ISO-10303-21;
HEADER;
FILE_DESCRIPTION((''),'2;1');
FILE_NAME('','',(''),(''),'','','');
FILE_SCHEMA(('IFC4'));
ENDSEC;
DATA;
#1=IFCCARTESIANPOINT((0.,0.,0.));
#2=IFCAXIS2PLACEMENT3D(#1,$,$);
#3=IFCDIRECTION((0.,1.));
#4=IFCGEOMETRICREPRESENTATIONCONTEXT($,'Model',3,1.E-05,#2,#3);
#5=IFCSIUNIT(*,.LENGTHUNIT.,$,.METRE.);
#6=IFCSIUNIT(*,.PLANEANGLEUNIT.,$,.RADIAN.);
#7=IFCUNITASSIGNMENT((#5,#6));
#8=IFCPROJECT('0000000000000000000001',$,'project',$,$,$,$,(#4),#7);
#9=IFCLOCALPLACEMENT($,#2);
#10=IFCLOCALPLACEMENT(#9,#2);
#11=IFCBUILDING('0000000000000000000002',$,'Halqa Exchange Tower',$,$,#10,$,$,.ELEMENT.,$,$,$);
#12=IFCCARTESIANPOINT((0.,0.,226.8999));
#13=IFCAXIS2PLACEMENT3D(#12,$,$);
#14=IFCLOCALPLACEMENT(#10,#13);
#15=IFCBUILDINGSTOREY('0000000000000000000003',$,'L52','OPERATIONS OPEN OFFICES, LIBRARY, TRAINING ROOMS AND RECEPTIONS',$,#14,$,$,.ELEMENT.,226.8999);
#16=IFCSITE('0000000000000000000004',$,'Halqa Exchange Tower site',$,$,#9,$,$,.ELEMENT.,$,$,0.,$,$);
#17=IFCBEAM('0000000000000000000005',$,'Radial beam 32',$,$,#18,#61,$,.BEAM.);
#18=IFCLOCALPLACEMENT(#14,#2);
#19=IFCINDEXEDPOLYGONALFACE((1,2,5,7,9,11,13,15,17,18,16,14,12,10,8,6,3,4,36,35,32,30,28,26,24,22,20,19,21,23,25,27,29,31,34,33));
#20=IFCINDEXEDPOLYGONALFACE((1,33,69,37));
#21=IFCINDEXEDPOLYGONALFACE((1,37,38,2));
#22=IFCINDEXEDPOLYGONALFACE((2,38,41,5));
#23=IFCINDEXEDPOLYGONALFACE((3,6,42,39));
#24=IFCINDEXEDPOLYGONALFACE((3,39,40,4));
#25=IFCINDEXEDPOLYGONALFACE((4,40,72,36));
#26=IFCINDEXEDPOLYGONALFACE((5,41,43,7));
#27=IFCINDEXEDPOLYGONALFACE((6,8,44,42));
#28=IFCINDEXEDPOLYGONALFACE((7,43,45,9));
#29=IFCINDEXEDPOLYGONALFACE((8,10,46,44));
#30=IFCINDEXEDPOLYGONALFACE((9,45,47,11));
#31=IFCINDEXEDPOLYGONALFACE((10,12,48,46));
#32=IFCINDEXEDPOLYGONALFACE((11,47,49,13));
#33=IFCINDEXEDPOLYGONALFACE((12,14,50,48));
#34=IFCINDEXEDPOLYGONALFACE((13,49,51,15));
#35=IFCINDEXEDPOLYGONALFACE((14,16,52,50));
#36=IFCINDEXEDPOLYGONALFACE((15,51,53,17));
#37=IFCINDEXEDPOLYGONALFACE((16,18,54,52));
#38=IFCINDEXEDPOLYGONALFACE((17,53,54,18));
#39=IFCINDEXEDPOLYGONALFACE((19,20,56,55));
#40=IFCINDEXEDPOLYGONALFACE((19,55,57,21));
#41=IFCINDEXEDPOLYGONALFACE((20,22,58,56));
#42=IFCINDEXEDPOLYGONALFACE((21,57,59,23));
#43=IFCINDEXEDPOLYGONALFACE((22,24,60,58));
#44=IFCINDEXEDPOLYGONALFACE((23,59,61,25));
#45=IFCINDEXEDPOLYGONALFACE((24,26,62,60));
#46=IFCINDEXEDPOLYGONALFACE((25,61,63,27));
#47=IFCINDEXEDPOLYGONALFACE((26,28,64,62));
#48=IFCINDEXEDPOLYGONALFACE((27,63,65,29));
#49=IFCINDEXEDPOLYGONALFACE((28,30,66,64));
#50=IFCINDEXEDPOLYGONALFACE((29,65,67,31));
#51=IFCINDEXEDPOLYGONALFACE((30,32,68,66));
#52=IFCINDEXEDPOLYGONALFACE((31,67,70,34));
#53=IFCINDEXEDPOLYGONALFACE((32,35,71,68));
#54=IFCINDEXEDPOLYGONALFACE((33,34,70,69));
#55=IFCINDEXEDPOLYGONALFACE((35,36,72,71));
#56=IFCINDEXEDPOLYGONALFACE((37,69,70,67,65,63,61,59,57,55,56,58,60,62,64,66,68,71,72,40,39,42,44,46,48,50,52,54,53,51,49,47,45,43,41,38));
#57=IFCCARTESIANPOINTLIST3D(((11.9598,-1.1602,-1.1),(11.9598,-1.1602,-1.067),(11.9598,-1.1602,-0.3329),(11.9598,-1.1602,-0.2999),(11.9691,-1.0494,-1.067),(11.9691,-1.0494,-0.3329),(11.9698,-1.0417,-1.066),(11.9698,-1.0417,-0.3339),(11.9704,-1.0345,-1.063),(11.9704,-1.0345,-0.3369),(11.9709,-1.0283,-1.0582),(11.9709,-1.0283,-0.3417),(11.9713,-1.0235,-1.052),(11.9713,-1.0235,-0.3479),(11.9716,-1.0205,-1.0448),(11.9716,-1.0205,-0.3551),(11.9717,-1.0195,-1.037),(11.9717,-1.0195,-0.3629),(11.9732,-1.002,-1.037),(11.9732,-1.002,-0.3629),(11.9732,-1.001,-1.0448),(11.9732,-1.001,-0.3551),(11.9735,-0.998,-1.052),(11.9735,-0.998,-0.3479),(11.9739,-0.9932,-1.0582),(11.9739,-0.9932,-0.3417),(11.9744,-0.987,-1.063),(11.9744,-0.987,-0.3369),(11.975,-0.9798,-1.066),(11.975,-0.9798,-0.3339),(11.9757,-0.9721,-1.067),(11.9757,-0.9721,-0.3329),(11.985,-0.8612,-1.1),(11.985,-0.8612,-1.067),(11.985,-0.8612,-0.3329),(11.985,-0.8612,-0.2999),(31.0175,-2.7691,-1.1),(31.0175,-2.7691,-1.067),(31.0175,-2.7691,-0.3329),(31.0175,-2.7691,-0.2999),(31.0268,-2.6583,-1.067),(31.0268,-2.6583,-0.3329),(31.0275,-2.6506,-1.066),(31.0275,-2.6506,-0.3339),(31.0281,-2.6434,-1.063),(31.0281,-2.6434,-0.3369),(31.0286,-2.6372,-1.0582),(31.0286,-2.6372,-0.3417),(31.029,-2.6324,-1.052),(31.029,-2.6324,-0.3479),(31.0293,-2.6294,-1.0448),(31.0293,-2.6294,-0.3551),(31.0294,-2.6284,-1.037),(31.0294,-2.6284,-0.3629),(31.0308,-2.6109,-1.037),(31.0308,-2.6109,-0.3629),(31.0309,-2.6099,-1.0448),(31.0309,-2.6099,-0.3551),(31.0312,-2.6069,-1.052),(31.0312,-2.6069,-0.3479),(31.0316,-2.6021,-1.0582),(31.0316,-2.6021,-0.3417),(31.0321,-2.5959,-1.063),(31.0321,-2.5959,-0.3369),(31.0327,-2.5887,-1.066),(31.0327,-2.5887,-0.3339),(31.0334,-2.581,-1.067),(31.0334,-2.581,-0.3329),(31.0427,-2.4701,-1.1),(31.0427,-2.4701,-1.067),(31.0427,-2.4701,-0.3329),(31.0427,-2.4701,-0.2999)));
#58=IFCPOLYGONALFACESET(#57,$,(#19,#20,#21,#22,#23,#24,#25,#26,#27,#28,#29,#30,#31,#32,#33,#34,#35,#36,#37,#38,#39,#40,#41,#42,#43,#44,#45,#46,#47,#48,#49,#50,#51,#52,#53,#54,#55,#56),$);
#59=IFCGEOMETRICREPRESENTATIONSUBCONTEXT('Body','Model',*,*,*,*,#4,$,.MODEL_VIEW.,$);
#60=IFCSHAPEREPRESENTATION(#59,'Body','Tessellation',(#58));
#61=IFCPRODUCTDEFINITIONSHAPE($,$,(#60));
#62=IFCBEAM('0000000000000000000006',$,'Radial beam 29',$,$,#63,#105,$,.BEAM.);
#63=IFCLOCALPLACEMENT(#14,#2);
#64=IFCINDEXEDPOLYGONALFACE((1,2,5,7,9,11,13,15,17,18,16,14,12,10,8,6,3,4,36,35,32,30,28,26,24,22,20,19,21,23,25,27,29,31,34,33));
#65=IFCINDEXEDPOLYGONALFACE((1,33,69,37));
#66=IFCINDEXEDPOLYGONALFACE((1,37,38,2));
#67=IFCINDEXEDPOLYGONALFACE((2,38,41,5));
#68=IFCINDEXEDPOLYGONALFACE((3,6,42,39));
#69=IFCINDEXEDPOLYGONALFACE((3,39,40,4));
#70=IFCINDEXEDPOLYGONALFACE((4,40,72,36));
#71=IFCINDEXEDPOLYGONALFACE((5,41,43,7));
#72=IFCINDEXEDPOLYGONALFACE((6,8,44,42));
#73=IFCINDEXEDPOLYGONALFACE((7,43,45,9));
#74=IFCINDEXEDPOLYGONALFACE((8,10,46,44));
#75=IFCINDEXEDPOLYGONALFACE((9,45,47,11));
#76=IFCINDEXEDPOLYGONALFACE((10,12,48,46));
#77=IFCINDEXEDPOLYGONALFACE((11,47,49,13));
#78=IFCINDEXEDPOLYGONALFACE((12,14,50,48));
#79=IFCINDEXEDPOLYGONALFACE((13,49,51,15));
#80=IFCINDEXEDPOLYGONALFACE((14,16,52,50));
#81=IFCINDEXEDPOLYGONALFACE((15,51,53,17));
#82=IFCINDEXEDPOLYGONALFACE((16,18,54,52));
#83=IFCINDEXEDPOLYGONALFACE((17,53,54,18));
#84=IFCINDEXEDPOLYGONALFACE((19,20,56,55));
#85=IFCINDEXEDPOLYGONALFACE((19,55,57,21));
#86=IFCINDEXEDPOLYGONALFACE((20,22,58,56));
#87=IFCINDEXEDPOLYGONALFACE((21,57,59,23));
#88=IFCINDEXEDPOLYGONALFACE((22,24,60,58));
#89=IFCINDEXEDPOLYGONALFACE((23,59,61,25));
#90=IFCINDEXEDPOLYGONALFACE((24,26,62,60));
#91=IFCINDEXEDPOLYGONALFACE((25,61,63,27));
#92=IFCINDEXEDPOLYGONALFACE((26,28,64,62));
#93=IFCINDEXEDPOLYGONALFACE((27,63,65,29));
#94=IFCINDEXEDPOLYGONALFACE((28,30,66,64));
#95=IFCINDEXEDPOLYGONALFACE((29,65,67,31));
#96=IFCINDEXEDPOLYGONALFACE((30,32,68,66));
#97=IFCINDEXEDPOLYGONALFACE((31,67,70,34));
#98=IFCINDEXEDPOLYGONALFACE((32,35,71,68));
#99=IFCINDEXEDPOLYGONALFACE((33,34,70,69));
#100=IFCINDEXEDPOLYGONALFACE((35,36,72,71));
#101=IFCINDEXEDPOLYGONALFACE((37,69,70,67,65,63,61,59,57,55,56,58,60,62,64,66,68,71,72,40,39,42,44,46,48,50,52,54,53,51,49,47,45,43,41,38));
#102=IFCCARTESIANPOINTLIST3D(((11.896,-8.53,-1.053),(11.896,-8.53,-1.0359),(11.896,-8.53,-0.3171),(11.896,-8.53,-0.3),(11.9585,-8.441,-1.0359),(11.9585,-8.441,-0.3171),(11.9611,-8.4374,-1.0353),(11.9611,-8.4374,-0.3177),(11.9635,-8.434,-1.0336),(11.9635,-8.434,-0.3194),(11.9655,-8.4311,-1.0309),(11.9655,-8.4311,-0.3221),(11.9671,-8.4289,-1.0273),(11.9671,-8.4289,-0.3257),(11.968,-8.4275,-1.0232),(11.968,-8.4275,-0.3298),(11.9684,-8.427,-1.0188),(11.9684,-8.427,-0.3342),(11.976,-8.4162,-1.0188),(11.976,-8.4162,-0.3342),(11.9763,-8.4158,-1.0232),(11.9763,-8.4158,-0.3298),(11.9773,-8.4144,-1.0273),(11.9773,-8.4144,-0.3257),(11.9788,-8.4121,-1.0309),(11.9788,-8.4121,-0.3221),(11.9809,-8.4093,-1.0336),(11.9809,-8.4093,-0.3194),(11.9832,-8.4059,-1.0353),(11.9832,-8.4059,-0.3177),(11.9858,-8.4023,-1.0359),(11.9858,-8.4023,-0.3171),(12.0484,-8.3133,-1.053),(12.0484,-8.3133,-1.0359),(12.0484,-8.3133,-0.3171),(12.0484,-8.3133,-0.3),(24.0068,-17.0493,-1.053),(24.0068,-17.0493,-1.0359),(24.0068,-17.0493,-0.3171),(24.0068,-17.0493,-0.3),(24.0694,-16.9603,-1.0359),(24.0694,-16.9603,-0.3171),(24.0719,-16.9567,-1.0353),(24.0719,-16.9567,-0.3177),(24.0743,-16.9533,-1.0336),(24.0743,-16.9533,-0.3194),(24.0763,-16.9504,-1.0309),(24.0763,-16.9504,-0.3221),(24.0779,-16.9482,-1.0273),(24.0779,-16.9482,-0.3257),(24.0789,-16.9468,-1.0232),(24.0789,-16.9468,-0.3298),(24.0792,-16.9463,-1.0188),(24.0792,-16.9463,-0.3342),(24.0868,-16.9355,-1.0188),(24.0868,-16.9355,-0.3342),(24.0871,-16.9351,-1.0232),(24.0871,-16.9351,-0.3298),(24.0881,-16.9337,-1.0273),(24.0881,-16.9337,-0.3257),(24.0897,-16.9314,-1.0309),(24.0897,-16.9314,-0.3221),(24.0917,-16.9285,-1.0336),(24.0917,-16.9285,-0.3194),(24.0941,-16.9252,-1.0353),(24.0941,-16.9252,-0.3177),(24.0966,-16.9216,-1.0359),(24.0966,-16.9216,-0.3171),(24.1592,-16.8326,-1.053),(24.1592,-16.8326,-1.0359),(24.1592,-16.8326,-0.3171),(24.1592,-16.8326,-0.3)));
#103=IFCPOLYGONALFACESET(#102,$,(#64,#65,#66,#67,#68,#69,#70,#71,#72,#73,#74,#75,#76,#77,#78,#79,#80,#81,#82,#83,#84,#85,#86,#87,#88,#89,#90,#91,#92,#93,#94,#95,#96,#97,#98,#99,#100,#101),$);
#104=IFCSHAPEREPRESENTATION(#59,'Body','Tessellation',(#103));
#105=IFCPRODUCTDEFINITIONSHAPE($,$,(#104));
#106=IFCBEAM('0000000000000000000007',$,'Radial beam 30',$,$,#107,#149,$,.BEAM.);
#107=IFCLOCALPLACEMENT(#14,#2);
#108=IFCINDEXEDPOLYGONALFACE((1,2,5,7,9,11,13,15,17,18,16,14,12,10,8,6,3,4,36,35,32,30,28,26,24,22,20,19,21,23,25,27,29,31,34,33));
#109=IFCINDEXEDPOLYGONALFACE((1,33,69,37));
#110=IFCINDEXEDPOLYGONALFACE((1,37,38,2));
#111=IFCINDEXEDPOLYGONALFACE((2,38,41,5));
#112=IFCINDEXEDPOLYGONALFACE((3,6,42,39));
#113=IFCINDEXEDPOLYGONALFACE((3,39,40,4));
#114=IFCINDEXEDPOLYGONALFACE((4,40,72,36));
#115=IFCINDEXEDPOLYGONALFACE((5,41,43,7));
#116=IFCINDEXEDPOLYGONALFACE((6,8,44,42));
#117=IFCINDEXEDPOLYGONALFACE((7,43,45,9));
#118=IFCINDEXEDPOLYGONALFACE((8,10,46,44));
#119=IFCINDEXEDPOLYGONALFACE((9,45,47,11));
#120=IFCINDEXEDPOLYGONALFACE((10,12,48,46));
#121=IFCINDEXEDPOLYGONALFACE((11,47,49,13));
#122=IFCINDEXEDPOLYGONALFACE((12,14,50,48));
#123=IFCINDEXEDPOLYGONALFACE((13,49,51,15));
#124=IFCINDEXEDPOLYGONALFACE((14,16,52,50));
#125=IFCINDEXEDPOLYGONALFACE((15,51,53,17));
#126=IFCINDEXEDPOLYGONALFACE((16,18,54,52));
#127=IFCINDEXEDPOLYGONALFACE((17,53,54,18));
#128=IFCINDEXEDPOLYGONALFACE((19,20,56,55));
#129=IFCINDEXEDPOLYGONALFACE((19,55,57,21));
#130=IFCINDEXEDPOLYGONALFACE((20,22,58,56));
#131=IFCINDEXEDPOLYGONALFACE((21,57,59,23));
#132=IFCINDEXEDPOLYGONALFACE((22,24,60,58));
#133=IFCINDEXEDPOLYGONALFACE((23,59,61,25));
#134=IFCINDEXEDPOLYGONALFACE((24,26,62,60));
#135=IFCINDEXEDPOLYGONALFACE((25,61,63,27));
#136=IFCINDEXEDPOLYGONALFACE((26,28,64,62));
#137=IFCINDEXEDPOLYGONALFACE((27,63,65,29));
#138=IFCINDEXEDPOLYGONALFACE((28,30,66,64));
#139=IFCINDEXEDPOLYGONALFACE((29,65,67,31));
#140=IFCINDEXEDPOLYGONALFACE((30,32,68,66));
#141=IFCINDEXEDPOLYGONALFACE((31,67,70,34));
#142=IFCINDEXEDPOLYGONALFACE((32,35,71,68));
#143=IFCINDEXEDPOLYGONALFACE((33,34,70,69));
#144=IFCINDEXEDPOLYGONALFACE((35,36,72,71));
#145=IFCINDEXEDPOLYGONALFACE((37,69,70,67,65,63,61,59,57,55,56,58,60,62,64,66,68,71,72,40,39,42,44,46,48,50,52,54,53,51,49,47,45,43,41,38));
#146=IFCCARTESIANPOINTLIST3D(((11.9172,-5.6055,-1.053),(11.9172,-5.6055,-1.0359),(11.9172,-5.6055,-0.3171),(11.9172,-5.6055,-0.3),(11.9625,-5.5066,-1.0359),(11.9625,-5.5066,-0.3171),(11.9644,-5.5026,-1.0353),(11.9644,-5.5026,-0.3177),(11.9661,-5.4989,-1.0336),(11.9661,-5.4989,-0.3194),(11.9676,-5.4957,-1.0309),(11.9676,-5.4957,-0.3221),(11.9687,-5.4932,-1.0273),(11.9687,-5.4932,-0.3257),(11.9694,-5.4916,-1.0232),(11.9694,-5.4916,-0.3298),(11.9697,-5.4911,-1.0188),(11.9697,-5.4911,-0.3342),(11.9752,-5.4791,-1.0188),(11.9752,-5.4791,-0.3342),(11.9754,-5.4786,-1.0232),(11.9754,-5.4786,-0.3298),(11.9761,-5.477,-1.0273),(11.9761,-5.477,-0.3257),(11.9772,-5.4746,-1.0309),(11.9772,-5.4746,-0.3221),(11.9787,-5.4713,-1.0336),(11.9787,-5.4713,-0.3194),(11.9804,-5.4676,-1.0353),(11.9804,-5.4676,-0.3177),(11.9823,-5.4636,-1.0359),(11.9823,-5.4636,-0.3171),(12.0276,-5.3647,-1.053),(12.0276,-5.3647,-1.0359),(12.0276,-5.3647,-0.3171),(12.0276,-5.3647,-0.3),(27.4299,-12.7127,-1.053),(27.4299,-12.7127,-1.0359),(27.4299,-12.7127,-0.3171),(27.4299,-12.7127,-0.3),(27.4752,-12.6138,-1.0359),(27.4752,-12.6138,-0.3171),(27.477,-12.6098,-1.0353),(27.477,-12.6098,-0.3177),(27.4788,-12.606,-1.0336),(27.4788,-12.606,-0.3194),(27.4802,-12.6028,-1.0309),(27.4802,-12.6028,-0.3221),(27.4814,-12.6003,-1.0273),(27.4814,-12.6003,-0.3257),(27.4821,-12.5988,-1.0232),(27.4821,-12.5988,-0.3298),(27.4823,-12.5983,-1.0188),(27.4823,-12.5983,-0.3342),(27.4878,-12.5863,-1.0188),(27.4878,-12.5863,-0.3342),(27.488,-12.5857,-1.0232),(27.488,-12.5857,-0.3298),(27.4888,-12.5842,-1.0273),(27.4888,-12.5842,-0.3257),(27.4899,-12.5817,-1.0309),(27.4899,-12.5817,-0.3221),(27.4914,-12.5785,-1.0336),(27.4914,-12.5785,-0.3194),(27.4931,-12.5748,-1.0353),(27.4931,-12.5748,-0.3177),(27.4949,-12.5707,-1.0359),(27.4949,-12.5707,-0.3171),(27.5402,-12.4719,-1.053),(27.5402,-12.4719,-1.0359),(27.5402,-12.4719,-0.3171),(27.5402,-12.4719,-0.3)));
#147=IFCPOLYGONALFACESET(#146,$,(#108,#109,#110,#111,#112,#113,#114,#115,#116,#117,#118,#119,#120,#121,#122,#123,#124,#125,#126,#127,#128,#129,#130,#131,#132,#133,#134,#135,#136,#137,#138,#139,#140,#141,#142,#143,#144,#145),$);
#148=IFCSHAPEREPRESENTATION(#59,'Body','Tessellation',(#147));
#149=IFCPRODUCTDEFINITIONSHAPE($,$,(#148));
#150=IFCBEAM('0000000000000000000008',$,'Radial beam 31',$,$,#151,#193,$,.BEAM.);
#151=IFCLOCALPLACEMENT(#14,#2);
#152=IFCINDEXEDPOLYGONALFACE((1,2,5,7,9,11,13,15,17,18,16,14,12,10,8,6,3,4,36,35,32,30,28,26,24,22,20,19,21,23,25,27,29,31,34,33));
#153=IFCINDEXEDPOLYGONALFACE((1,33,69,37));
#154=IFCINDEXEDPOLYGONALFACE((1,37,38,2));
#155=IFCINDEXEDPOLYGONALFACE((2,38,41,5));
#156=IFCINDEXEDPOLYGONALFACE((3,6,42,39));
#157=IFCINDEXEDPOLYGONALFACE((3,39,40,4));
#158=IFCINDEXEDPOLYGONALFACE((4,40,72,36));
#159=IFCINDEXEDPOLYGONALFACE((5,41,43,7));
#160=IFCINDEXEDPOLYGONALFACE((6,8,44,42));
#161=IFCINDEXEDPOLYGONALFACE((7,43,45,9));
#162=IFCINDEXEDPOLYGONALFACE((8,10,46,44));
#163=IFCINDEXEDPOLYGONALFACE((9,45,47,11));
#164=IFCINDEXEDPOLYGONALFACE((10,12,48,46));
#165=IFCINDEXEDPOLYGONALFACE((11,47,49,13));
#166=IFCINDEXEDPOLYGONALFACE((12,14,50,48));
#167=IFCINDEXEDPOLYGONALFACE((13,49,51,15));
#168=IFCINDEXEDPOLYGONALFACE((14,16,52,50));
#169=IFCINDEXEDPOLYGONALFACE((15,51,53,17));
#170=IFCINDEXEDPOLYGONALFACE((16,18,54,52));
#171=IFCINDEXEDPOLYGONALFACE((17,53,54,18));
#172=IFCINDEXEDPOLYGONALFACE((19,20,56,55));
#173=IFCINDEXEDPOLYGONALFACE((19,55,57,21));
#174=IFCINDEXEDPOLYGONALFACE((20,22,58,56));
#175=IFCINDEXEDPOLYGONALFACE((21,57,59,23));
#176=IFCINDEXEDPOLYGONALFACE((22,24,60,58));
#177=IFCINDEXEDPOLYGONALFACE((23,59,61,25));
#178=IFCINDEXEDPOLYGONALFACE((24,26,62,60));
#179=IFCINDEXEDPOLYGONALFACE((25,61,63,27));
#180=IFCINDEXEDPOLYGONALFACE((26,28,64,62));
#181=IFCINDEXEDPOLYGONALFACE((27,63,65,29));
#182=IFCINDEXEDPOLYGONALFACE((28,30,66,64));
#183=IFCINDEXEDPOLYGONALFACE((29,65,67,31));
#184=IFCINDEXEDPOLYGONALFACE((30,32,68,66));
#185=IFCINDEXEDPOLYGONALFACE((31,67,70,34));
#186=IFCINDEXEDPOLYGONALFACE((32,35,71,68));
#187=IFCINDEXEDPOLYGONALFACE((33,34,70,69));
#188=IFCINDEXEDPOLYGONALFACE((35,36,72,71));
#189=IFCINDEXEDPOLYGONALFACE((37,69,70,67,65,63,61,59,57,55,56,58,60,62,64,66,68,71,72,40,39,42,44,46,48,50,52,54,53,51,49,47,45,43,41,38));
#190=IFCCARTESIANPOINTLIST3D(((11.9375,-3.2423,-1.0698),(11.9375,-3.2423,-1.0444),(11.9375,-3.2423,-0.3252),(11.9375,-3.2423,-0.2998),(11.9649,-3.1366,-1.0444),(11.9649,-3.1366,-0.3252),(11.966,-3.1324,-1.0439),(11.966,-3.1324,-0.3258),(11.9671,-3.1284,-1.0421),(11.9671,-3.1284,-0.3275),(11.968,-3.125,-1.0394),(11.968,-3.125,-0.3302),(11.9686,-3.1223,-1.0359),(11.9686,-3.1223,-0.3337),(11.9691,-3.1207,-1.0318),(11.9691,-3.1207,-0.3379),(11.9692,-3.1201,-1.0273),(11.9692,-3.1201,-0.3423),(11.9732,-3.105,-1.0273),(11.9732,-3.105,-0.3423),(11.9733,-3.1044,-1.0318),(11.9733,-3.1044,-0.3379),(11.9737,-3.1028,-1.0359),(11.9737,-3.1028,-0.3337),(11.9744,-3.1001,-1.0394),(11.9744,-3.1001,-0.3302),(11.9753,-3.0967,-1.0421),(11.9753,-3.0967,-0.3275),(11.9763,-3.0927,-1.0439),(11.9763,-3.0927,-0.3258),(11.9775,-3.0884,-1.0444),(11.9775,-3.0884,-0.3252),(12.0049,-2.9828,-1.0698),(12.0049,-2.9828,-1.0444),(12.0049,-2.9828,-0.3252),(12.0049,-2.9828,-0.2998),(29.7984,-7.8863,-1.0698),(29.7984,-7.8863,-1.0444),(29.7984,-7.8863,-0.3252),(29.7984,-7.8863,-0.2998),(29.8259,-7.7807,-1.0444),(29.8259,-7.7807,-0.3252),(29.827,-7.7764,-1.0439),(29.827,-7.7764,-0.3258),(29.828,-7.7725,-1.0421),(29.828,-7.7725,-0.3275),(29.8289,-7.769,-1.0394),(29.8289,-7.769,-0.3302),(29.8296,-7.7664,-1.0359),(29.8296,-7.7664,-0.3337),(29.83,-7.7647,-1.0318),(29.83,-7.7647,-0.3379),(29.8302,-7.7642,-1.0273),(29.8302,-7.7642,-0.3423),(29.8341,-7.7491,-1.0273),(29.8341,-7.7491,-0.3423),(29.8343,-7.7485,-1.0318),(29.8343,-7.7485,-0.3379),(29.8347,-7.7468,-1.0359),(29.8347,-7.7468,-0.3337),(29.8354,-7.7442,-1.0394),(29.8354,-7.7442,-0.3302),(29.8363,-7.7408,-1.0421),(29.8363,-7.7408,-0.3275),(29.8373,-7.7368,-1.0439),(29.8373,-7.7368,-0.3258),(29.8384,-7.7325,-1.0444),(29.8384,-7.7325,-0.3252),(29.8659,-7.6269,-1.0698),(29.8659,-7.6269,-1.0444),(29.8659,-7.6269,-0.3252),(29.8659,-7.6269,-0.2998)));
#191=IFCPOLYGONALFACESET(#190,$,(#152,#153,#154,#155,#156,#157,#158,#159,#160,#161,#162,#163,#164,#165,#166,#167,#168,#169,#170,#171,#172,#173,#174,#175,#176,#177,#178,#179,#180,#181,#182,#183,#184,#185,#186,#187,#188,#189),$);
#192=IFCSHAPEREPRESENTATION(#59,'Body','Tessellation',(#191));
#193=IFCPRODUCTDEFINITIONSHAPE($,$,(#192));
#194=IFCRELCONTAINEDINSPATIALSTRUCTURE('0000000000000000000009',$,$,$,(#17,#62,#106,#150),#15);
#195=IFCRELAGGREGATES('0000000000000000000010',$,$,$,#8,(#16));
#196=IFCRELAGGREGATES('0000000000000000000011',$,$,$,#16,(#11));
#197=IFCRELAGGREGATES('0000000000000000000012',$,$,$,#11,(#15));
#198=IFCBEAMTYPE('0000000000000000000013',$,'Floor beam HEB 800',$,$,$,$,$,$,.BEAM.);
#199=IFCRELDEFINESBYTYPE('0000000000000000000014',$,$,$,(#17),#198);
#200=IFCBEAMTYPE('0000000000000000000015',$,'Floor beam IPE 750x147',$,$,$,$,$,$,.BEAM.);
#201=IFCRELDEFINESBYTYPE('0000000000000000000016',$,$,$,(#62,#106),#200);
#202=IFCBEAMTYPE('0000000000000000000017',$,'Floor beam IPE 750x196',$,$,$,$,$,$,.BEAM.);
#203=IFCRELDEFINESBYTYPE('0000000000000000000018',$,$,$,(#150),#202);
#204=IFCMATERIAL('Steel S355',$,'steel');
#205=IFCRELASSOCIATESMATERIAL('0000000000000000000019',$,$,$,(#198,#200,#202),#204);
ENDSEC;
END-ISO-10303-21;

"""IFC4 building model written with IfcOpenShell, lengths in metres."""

from ifc_helpers import new_model, si_unit, direction, frame, origin, origin_2d, place, context, subcontext, project, spatial, i_section, extrude, material, material_profile, profile_set, type_object, element, save


model = new_model("IFC4")

# Units and contexts
model_context = context("Model", 3, precision=1e-05, world=origin(), true_north=direction((0.0, 1.0)))
body_context = subcontext(model_context, "Body", "Model", "MODEL_VIEW")
ifc_project = project(units=[si_unit("LENGTHUNIT", "METRE"), si_unit("PLANEANGLEUNIT", "RADIAN")], contexts=[model_context])

# Site, building, storey
site_placement = place(None, origin())
site = spatial("IfcSite", under=ifc_project, at=site_placement, Name="Halqa Exchange Tower site", CompositionType="ELEMENT", RefElevation=0.0)
building_placement = place(site_placement, origin())
building = spatial("IfcBuilding", under=site, at=building_placement, Name="Halqa Exchange Tower", CompositionType="ELEMENT")
storey_placement = place(building_placement, frame((0.0, 0.0, 226.8999)))
storey = spatial("IfcBuildingStorey", under=building, at=storey_placement, Name="L52", Description="OPERATIONS OPEN OFFICES, LIBRARY, TRAINING ROOMS AND RECEPTIONS", CompositionType="ELEMENT", Elevation=226.8999)

# Beams
ifc_material_1 = material(Name="Steel S355", Category="steel")
ifc_material_profile_1 = material_profile(ifc_material_1, i_section(OverallWidth=0.3, OverallDepth=0.8, WebThickness=0.0176, FlangeThickness=0.033, FilletRadius=0.03, at=origin_2d()), Name="HEB 800")
ifc_profile_set_1 = profile_set([ifc_material_profile_1], Name="Steel S355")
beam_type_1 = type_object("IfcBeamType", Name="Floor beam HEB 800", PredefinedType="BEAM", material=ifc_profile_set_1)
beam_1_placement = place(storey_placement, frame((11.9724, -1.0107, -0.7), z_axis=(0.996455, -0.084123, 0.0), x_axis=(0.084123, 0.996455, 0.0)))
element("IfcBeam", 1, at=beam_1_placement, inside=storey, type_object=beam_type_1, Name="Radial beam 32", PredefinedType="BEAM", context=body_context, shape_type="SweptSolid", body=[
    extrude(i_section(OverallWidth=0.3, OverallDepth=0.8, WebThickness=0.0176, FlangeThickness=0.033, FilletRadius=0.03, at=origin_2d()), origin(), (0.0, 0.0, 1.0), 19.1255),
])
ifc_material_profile_2 = material_profile(ifc_material_1, i_section(OverallWidth=0.2649, OverallDepth=0.7529, WebThickness=0.0132, FlangeThickness=0.0171, FilletRadius=0.0171, at=origin_2d()), Name="IPE 750x147")
ifc_profile_set_2 = profile_set([ifc_material_profile_2], Name="Steel S355")
beam_type_2 = type_object("IfcBeamType", Name="Floor beam IPE 750x147", PredefinedType="BEAM", material=ifc_profile_set_2)
beam_2_placement = place(storey_placement, frame((11.9722, -8.4216, -0.6765), z_axis=(0.817907, -0.575351, 0.0), x_axis=(0.575351, 0.817907, 0.0)))
element("IfcBeam", 2, at=beam_2_placement, inside=storey, type_object=beam_type_2, Name="Radial beam 29", PredefinedType="BEAM", context=body_context, shape_type="SweptSolid", body=[
    extrude(i_section(OverallWidth=0.2649, OverallDepth=0.7529, WebThickness=0.0132, FlangeThickness=0.0171, FilletRadius=0.0171, at=origin_2d()), origin(), (0.0, 0.0, 1.0), 14.8071),
])
beam_3_placement = place(storey_placement, frame((11.9724, -5.4851, -0.6765), z_axis=(0.909127, -0.416519, 0.0), x_axis=(0.416519, 0.909127, 0.0)))
element("IfcBeam", 3, at=beam_3_placement, inside=storey, type_object=beam_type_2, Name="Radial beam 30", PredefinedType="BEAM", context=body_context, shape_type="SweptSolid", body=[
    extrude(i_section(OverallWidth=0.2649, OverallDepth=0.7529, WebThickness=0.0132, FlangeThickness=0.0171, FilletRadius=0.0171, at=origin_2d()), origin(), (0.0, 0.0, 1.0), 17.0632),
])
ifc_material_profile_3 = material_profile(ifc_material_1, i_section(OverallWidth=0.2681, OverallDepth=0.77, WebThickness=0.0156, FlangeThickness=0.0254, FilletRadius=0.0171, at=origin_2d()), Name="IPE 750x196")
ifc_profile_set_3 = profile_set([ifc_material_profile_3], Name="Steel S355")
beam_type_3 = type_object("IfcBeamType", Name="Floor beam IPE 750x196", PredefinedType="BEAM", material=ifc_profile_set_3)
beam_4_placement = place(storey_placement, frame((11.9712, -3.1125, -0.6848), z_axis=(0.96782, -0.251645, 0.0), x_axis=(0.251645, 0.96782, 0.0)))
element("IfcBeam", 4, at=beam_4_placement, inside=storey, type_object=beam_type_3, Name="Radial beam 31", PredefinedType="BEAM", context=body_context, shape_type="SweptSolid", body=[
    extrude(i_section(OverallWidth=0.2681, OverallDepth=0.77, WebThickness=0.0156, FlangeThickness=0.0254, FilletRadius=0.0171, at=origin_2d()), origin(), (0.0, 0.0, 1.0), 18.4548),
])

save(model, "model.ifc")
